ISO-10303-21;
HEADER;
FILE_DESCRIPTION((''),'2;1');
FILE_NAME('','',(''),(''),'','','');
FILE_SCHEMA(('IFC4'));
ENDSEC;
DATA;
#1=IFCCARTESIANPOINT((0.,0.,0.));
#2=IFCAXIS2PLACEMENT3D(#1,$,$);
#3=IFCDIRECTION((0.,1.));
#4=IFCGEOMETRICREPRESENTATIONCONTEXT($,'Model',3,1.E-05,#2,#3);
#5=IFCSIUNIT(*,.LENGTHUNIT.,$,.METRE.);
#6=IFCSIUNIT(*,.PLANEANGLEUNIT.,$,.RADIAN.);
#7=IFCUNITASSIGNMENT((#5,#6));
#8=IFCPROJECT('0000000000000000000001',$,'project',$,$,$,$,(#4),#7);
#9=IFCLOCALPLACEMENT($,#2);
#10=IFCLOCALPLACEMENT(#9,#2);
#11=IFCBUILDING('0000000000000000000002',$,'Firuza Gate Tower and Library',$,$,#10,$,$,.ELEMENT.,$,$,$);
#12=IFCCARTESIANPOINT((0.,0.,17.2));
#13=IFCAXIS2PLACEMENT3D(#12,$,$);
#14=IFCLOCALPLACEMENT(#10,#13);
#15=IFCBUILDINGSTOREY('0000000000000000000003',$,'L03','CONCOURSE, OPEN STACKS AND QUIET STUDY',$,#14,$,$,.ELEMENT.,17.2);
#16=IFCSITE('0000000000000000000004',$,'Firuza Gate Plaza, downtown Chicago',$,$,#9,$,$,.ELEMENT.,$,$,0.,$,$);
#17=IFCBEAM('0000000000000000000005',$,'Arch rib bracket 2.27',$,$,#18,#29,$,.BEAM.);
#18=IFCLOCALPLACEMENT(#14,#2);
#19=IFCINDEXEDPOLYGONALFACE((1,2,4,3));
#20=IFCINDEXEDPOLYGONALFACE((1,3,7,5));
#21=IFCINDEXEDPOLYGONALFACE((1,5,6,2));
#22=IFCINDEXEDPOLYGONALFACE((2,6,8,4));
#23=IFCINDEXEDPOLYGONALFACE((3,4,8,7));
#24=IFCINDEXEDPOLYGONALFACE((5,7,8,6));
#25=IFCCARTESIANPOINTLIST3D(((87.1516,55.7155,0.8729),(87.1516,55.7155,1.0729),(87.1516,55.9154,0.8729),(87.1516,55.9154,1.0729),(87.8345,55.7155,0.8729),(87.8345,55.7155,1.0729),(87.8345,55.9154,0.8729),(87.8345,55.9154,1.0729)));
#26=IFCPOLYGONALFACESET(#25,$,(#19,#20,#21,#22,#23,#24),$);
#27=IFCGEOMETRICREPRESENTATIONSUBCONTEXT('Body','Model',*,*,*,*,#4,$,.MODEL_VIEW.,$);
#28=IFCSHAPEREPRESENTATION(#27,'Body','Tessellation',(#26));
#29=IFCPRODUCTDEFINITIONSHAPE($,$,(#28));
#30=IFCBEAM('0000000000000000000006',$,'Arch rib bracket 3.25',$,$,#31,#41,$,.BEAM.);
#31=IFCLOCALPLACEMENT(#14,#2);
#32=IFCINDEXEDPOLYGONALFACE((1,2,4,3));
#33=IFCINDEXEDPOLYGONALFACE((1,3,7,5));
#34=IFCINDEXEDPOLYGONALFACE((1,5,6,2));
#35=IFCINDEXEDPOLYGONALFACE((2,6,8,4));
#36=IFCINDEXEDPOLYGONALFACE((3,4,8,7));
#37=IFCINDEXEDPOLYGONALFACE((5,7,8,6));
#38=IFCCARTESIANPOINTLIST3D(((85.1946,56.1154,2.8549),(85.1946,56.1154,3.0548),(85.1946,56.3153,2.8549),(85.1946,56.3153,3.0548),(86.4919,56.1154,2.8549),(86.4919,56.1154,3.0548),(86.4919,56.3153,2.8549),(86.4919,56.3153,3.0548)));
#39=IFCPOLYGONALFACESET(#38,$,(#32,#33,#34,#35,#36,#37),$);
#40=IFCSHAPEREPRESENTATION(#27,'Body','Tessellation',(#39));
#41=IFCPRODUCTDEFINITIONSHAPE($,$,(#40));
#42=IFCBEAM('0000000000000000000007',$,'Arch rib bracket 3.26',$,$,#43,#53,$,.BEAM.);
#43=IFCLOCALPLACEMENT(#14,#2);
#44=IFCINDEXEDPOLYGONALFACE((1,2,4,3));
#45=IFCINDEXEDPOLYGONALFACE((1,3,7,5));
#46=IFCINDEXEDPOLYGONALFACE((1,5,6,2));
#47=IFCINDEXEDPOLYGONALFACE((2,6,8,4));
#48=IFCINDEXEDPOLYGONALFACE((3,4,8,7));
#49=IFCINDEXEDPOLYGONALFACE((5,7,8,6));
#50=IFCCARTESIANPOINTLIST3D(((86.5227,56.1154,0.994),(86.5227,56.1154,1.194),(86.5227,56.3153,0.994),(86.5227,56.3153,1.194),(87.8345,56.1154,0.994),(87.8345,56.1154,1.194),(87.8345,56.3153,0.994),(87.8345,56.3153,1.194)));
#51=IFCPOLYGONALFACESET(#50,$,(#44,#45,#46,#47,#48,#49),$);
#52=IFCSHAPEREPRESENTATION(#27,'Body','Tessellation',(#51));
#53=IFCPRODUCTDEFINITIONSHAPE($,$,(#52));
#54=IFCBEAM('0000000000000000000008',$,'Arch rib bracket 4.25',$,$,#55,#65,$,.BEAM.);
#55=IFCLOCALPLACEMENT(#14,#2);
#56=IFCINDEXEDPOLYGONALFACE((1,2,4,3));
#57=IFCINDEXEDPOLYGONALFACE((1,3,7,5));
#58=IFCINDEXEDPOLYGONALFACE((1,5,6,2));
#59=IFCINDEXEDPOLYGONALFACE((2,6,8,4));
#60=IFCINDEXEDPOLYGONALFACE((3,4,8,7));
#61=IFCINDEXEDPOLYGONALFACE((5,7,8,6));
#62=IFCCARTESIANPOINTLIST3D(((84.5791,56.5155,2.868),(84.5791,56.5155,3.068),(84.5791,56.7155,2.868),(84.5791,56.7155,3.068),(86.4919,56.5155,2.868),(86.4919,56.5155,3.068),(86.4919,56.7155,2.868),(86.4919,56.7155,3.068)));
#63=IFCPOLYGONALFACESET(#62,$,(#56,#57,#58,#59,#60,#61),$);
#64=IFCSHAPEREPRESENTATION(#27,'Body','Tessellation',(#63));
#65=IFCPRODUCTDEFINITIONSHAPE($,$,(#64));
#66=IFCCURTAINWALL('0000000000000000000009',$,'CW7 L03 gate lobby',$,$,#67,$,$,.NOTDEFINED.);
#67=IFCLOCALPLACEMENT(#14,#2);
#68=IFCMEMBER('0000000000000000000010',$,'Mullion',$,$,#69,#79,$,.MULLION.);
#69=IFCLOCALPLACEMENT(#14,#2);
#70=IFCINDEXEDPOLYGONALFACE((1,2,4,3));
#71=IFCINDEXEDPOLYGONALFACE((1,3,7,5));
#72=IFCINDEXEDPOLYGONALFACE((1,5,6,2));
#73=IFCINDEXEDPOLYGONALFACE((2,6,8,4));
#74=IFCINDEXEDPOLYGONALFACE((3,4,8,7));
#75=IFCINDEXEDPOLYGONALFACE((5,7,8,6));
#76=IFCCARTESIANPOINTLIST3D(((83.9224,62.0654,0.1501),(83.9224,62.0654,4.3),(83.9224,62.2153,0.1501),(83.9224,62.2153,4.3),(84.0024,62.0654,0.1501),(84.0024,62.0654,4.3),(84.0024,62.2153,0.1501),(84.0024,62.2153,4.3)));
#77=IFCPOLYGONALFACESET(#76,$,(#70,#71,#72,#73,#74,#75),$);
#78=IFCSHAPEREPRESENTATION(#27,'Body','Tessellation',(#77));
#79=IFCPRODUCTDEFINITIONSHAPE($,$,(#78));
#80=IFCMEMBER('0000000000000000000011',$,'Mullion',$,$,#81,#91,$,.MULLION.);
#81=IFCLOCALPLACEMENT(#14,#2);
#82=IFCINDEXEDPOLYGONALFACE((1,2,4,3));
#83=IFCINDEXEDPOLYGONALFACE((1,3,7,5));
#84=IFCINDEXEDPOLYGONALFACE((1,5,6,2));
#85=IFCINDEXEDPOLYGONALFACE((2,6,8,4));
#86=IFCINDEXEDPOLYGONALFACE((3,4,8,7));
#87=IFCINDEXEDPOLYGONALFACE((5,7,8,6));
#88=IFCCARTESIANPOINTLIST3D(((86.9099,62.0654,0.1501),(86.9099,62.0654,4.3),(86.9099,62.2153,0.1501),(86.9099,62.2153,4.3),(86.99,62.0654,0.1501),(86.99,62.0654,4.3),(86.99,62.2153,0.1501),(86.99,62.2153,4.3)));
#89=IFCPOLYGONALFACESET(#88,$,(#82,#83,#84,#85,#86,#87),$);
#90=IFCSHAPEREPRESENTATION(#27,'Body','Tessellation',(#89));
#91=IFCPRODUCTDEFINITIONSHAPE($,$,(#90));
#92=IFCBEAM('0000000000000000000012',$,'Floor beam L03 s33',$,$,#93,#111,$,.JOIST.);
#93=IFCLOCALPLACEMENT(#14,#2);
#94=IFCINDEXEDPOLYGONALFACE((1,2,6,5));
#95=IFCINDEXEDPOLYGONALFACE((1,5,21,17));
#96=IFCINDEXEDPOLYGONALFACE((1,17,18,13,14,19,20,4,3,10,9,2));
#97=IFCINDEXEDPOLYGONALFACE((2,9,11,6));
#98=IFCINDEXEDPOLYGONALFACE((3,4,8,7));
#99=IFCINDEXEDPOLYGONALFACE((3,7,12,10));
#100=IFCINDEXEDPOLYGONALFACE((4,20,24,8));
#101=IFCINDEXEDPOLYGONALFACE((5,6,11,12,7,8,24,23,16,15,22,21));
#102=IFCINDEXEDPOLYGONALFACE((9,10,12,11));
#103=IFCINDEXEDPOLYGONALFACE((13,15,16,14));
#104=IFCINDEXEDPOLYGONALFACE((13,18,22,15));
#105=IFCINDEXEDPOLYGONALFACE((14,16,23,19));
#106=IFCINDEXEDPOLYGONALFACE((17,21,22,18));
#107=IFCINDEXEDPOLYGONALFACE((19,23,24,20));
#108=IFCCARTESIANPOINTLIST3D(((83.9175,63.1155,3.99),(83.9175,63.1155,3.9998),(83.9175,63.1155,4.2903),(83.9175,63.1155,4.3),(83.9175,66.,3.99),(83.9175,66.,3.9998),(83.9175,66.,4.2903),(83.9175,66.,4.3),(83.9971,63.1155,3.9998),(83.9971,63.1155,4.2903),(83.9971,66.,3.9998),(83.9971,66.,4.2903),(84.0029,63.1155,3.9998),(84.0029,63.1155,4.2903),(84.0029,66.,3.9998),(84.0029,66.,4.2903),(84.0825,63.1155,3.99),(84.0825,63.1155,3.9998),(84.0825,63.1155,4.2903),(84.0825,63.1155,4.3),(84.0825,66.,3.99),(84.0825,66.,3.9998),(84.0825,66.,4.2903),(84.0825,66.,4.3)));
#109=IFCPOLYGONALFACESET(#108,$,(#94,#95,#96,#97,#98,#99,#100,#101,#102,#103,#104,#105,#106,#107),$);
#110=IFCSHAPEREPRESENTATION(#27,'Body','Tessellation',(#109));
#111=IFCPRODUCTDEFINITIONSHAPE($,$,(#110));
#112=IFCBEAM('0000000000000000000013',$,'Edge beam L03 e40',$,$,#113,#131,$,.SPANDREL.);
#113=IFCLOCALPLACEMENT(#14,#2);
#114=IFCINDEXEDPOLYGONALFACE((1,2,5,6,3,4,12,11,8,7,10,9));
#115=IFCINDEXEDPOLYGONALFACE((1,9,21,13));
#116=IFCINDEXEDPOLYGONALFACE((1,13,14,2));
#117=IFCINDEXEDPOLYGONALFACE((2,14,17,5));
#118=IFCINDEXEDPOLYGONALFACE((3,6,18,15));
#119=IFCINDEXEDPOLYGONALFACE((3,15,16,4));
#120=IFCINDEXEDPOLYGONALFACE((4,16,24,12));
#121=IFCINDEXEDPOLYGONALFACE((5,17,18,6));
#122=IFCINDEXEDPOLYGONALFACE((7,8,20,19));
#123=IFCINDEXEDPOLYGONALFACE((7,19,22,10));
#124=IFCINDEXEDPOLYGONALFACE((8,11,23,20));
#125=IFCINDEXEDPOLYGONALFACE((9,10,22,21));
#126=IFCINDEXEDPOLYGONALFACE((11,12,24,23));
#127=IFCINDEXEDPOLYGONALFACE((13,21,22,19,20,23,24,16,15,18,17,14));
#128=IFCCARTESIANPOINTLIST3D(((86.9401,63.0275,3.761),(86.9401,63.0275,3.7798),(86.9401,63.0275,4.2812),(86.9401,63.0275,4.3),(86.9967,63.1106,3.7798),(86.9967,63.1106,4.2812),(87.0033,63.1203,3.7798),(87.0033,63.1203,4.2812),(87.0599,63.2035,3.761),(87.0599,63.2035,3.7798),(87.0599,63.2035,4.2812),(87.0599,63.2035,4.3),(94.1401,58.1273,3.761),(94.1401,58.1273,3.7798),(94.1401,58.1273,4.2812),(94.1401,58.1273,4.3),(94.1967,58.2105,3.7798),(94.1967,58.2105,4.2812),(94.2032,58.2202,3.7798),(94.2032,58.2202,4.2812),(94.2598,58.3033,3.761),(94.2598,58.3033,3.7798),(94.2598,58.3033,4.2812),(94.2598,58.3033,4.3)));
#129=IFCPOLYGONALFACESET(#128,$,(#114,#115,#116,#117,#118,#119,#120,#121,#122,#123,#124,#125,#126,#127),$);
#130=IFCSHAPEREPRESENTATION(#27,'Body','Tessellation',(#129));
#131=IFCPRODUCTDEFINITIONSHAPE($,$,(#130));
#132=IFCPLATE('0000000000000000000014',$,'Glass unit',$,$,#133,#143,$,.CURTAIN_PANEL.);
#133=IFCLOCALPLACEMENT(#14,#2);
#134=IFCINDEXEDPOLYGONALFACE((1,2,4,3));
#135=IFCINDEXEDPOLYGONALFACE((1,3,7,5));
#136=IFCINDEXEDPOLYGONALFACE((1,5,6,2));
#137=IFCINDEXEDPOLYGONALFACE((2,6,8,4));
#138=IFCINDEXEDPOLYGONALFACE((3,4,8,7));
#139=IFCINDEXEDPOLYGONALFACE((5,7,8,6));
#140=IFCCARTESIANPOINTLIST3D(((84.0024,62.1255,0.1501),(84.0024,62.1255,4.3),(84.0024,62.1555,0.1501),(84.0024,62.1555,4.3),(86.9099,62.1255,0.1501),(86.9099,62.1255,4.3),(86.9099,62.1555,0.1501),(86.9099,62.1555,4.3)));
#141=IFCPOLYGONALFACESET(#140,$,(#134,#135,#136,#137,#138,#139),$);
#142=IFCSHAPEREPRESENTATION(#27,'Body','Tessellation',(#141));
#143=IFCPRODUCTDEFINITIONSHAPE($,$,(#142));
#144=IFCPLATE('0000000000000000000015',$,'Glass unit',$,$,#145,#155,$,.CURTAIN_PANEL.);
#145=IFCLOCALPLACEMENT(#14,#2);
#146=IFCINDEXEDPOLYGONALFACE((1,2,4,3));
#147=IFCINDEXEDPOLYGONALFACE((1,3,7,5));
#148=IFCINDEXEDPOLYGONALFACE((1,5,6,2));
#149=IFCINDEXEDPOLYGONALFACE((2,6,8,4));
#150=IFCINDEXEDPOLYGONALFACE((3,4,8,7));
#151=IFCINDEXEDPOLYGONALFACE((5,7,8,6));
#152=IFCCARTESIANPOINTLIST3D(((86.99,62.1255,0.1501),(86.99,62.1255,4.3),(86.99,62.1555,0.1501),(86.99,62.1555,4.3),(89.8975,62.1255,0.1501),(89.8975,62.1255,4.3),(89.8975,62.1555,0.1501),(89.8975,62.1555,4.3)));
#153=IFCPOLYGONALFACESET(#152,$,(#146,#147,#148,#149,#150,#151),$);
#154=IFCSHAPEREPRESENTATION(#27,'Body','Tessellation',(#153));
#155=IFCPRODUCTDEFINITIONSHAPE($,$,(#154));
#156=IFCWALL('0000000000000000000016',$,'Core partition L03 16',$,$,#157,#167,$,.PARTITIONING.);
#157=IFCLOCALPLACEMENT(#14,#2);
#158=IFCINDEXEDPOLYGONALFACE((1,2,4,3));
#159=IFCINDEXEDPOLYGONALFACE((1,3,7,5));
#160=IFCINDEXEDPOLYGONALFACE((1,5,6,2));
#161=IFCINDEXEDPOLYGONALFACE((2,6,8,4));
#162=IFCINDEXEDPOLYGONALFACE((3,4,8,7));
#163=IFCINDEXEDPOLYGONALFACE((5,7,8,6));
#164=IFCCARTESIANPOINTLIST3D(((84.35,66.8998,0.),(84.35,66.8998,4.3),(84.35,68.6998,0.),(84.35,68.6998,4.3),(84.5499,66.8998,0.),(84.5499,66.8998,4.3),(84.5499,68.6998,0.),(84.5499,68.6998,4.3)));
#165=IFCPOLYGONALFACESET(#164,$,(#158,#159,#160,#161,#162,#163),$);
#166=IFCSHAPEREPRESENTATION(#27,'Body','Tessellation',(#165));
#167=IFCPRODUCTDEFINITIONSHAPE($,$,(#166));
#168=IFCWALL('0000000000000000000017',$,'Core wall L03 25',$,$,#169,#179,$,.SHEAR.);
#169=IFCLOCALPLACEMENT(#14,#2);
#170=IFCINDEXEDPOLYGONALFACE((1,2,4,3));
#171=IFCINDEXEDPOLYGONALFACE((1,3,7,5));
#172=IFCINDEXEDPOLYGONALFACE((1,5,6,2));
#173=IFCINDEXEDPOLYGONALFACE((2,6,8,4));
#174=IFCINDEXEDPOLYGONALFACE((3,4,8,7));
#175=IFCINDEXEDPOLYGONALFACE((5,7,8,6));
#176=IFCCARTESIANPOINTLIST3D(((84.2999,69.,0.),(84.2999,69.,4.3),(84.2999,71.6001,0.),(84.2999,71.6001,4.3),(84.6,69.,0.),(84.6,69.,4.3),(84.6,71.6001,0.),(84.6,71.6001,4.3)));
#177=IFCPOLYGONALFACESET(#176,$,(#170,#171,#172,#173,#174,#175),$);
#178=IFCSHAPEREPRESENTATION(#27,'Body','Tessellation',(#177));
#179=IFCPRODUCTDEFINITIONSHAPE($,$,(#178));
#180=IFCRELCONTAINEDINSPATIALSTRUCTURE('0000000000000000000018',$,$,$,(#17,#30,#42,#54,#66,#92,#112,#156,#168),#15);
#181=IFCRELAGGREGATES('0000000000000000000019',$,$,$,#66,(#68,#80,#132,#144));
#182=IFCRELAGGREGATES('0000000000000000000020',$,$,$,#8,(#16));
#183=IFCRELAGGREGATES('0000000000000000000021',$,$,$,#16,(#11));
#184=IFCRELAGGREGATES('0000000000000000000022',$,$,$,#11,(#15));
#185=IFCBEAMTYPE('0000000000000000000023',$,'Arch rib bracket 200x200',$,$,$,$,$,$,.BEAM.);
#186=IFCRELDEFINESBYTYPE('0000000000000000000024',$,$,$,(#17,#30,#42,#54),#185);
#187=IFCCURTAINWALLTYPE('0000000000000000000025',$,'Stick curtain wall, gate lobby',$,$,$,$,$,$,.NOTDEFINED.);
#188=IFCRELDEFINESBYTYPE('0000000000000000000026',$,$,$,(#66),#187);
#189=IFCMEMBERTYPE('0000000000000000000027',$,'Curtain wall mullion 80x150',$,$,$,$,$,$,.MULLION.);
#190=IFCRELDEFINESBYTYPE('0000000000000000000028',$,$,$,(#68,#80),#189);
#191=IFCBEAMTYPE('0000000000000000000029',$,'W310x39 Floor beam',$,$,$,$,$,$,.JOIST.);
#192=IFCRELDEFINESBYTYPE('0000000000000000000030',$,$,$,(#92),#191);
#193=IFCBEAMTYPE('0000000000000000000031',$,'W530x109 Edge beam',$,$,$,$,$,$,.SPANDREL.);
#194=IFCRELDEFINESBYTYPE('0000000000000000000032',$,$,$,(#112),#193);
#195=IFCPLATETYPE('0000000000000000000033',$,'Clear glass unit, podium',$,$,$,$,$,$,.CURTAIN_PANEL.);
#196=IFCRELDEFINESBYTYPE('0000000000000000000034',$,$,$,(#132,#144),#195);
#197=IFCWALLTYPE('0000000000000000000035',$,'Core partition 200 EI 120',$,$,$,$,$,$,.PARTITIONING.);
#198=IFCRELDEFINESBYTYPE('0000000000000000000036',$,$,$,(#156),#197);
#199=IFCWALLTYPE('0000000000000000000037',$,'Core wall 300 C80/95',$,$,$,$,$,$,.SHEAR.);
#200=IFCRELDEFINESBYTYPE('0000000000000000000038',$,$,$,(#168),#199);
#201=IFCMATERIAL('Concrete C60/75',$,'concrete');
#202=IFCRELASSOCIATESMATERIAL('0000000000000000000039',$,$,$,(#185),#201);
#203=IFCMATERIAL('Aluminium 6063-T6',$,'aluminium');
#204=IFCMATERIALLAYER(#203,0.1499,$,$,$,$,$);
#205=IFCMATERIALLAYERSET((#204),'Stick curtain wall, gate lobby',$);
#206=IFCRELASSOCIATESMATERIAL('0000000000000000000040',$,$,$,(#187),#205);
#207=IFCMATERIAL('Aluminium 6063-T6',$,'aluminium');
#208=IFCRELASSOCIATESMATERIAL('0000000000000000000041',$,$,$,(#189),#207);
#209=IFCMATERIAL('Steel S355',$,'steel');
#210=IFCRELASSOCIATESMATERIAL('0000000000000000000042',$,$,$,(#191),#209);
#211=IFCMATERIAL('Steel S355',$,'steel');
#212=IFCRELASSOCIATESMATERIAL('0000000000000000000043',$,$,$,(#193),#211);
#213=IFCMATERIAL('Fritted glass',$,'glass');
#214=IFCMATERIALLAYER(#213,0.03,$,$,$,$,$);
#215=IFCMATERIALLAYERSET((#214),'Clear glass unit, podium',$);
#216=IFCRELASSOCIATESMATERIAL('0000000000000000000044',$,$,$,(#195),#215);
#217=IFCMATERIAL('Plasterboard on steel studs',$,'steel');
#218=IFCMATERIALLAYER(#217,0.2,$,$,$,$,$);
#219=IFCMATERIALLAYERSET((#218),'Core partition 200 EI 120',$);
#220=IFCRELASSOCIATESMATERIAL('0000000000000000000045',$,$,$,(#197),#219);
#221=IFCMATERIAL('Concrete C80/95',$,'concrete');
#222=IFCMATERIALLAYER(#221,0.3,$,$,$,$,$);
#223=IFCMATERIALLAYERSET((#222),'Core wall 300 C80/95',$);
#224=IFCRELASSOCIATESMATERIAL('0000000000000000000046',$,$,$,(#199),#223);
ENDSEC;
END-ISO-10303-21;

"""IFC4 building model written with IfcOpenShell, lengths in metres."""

from ifc_helpers import new_model, si_unit, direction, frame, frame_2d, origin, origin_2d, place, context, subcontext, project, spatial, polyline, rectangle, i_section, outline, extrude, material, layer, layer_set, material_profile, profile_set, type_object, element, aggregate, save


model = new_model("IFC4")

# Units and contexts
model_context = context("Model", 3, precision=1e-05, world=origin(), true_north=direction((0.0, 1.0)))
body_context = subcontext(model_context, "Body", "Model", "MODEL_VIEW")
ifc_project = project(units=[si_unit("LENGTHUNIT", "METRE"), si_unit("PLANEANGLEUNIT", "RADIAN")], contexts=[model_context])

# Site, building, storey
site_placement = place(None, origin())
site = spatial("IfcSite", under=ifc_project, at=site_placement, Name="Firuza Gate Plaza, downtown Chicago", CompositionType="ELEMENT", RefElevation=0.0)
building_placement = place(site_placement, origin())
building = spatial("IfcBuilding", under=site, at=building_placement, Name="Firuza Gate Tower and Library", CompositionType="ELEMENT")
storey_placement = place(building_placement, frame((0.0, 0.0, 17.2)))
storey = spatial("IfcBuildingStorey", under=building, at=storey_placement, Name="L03", Description="CONCOURSE, OPEN STACKS AND QUIET STUDY", CompositionType="ELEMENT", Elevation=17.2)

# Beams
ifc_material_1 = material(Name="Concrete C60/75", Category="concrete")
ifc_material_profile_1 = material_profile(ifc_material_1, rectangle(XDim=0.2, YDim=0.2, at=origin_2d()))
ifc_profile_set_1 = profile_set([ifc_material_profile_1], Name="Concrete C60/75")
beam_type_1 = type_object("IfcBeamType", Name="Arch rib bracket 200x200", PredefinedType="BEAM", material=ifc_profile_set_1)
beam_1_placement = place(storey_placement, frame((87.8345, 55.8154, 0.9729), z_axis=(-1.0, 0.0, 0.0), x_axis=(0.0, -1.0, 0.0)))
element("IfcBeam", 1, at=beam_1_placement, inside=storey, type_object=beam_type_1, Name="Arch rib bracket 2.27", PredefinedType="BEAM", context=body_context, shape_type="SweptSolid", body=[
    extrude(rectangle(XDim=0.2, YDim=0.2, at=origin_2d()), origin(), (0.0, 0.0, 1.0), 0.6829),
])
beam_2_placement = place(storey_placement, frame((86.4919, 56.2153, 2.9548), z_axis=(-1.0, 0.0, 0.0), x_axis=(0.0, -1.0, 0.0)))
element("IfcBeam", 2, at=beam_2_placement, inside=storey, type_object=beam_type_1, Name="Arch rib bracket 3.25", PredefinedType="BEAM", context=body_context, shape_type="SweptSolid", body=[
    extrude(rectangle(XDim=0.2, YDim=0.2, at=origin_2d()), origin(), (0.0, 0.0, 1.0), 1.2974),
])
beam_3_placement = place(storey_placement, frame((87.8345, 56.2153, 1.094), z_axis=(-1.0, 0.0, 0.0), x_axis=(0.0, -1.0, 0.0)))
element("IfcBeam", 3, at=beam_3_placement, inside=storey, type_object=beam_type_1, Name="Arch rib bracket 3.26", PredefinedType="BEAM", context=body_context, shape_type="SweptSolid", body=[
    extrude(rectangle(XDim=0.2, YDim=0.2, at=origin_2d()), origin(), (0.0, 0.0, 1.0), 1.3118),
])
beam_4_placement = place(storey_placement, frame((86.4919, 56.6155, 2.968), z_axis=(-1.0, 0.0, 0.0), x_axis=(0.0, -1.0, 0.0)))
element("IfcBeam", 4, at=beam_4_placement, inside=storey, type_object=beam_type_1, Name="Arch rib bracket 4.25", PredefinedType="BEAM", context=body_context, shape_type="SweptSolid", body=[
    extrude(rectangle(XDim=0.2, YDim=0.2, at=origin_2d()), origin(), (0.0, 0.0, 1.0), 1.9128),
])

# Curtain wall, members
ifc_material_2 = material(Name="Aluminium 6063-T6", Category="aluminium")
ifc_layer_1 = layer(ifc_material_2, 0.1499)
ifc_layer_set_1 = layer_set([ifc_layer_1], Name="Stick curtain wall, gate lobby")
curtain_wall_type = type_object("IfcCurtainWallType", Name="Stick curtain wall, gate lobby", PredefinedType="NOTDEFINED", material=ifc_layer_set_1)
curtain_wall_placement = place(storey_placement, origin())
curtain_wall = element("IfcCurtainWall", 5, at=curtain_wall_placement, inside=storey, type_object=curtain_wall_type, Name="CW7 L03 gate lobby", PredefinedType="NOTDEFINED")
ifc_material_3 = material(Name="Aluminium 6063-T6", Category="aluminium")
ifc_material_profile_2 = material_profile(ifc_material_3, rectangle(XDim=0.1499, YDim=0.0801, at=origin_2d()))
ifc_profile_set_2 = profile_set([ifc_material_profile_2], Name="Aluminium 6063-T6")
member_type_1 = type_object("IfcMemberType", Name="Curtain wall mullion 80x150", PredefinedType="MULLION", material=ifc_profile_set_2)
member_1_placement = place(storey_placement, frame((83.9624, 62.1404, 0.1501), z_axis=(0.0, 0.0, 1.0), x_axis=(0.0, 1.0, 0.0)))
member_1 = element("IfcMember", 6, at=member_1_placement, type_object=member_type_1, Name="Mullion", PredefinedType="MULLION", context=body_context, shape_type="SweptSolid", body=[
    extrude(rectangle(XDim=0.1499, YDim=0.0801, at=origin_2d()), origin(), (0.0, 0.0, 1.0), 4.1499),
])
member_2_placement = place(storey_placement, frame((86.95, 62.1404, 0.1501), z_axis=(0.0, 0.0, 1.0), x_axis=(0.0, 1.0, 0.0)))
member_2 = element("IfcMember", 7, at=member_2_placement, type_object=member_type_1, Name="Mullion", PredefinedType="MULLION", context=body_context, shape_type="SweptSolid", body=[
    extrude(rectangle(XDim=0.1499, YDim=0.0801, at=origin_2d()), origin(), (0.0, 0.0, 1.0), 4.1499),
])

# Beams
ifc_material_4 = material(Name="Steel S355", Category="steel")
ifc_material_profile_3 = material_profile(ifc_material_4, i_section(OverallWidth=0.165, OverallDepth=0.3101, WebThickness=0.0059, FlangeThickness=0.0098, at=origin_2d()))
ifc_profile_set_3 = profile_set([ifc_material_profile_3], Name="Steel S355")
beam_type_2 = type_object("IfcBeamType", Name="W310x39 Floor beam", PredefinedType="JOIST", material=ifc_profile_set_3)
beam_5_placement = place(storey_placement, frame((84.0, 63.1155, 4.145), z_axis=(0.0, 1.0, 0.0), x_axis=(-1.0, 0.0, 0.0)))
element("IfcBeam", 8, at=beam_5_placement, inside=storey, type_object=beam_type_2, Name="Floor beam L03 s33", PredefinedType="JOIST", context=body_context, shape_type="SweptSolid", body=[
    extrude(i_section(OverallWidth=0.165, OverallDepth=0.3101, WebThickness=0.0059, FlangeThickness=0.0098, at=origin_2d()), origin(), (0.0, 0.0, 1.0), 2.8845),
])
ifc_material_5 = material(Name="Steel S355", Category="steel")
ifc_material_profile_4 = material_profile(ifc_material_5, i_section(OverallWidth=0.2129, OverallDepth=0.5391, WebThickness=0.0117, FlangeThickness=0.0188, at=origin_2d()))
ifc_profile_set_4 = profile_set([ifc_material_profile_4], Name="Steel S355")
beam_type_3 = type_object("IfcBeamType", Name="W530x109 Edge beam", PredefinedType="SPANDREL", material=ifc_profile_set_4)
beam_6_placement = place(storey_placement, frame((87.0, 63.1155, 4.0305), z_axis=(0.826703, -0.562638, 0.0), x_axis=(0.562638, 0.826703, 0.0)))
element("IfcBeam", 9, at=beam_6_placement, inside=storey, type_object=beam_type_3, Name="Edge beam L03 e40", PredefinedType="SPANDREL", context=body_context, shape_type="SweptSolid", body=[
    extrude(i_section(OverallWidth=0.2129, OverallDepth=0.5391, WebThickness=0.0117, FlangeThickness=0.0188, at=origin_2d()), origin(), (0.0, 0.0, 1.0), 8.7092),
])

# Plates
ifc_material_6 = material(Name="Fritted glass", Category="glass")
ifc_layer_2 = layer(ifc_material_6, 0.03)
ifc_layer_set_2 = layer_set([ifc_layer_2], Name="Clear glass unit, podium")
plate_type = type_object("IfcPlateType", Name="Clear glass unit, podium", PredefinedType="CURTAIN_PANEL", material=ifc_layer_set_2)
plate_1_placement = place(storey_placement, frame((84.0024, 62.1255, 0.1501), z_axis=(0.0, -1.0, 0.0), x_axis=(1.0, 0.0, 0.0)))
plate_1 = element("IfcPlate", 10, at=plate_1_placement, type_object=plate_type, Name="Glass unit", PredefinedType="CURTAIN_PANEL", context=body_context, shape_type="SweptSolid", body=[
    extrude(outline(polyline([(0.0, 0.0), (2.9075, 0.0), (2.9075, 4.1499), (0.0, 4.1499), (0.0, 0.0)])), origin(), (0.0, 0.0, -1.0), 0.03),
])
plate_2_placement = place(storey_placement, frame((86.99, 62.1255, 0.1501), z_axis=(0.0, -1.0, 0.0), x_axis=(1.0, 0.0, 0.0)))
plate_2 = element("IfcPlate", 11, at=plate_2_placement, type_object=plate_type, Name="Glass unit", PredefinedType="CURTAIN_PANEL", context=body_context, shape_type="SweptSolid", body=[
    extrude(outline(polyline([(0.0, 0.0), (2.9075, 0.0), (2.9075, 4.1499), (0.0, 4.1499), (0.0, 0.0)])), origin(), (0.0, 0.0, -1.0), 0.03),
])
aggregate(curtain_wall, [member_1, member_2, plate_1, plate_2])

# Walls
ifc_material_7 = material(Name="Plasterboard on steel studs", Category="steel")
ifc_layer_3 = layer(ifc_material_7, 0.2)
ifc_layer_set_3 = layer_set([ifc_layer_3], Name="Core partition 200 EI 120")
wall_type_1 = type_object("IfcWallType", Name="Core partition 200 EI 120", PredefinedType="PARTITIONING", material=ifc_layer_set_3)
wall_1_placement = place(storey_placement, frame((84.45, 66.8999, 0.0), z_axis=(0.0, 0.0, 1.0), x_axis=(0.0, 1.0, 0.0)))
element("IfcWall", 12, at=wall_1_placement, inside=storey, type_object=wall_type_1, Name="Core partition L03 16", PredefinedType="PARTITIONING", context=body_context, shape_type="SweptSolid", body=[
    extrude(rectangle(XDim=1.8, YDim=0.2, at=frame_2d((0.8999, 0.0))), origin(), (0.0, 0.0, 1.0), 4.3),
])
ifc_material_8 = material(Name="Concrete C80/95", Category="concrete")
ifc_layer_4 = layer(ifc_material_8, 0.3)
ifc_layer_set_4 = layer_set([ifc_layer_4], Name="Core wall 300 C80/95")
wall_type_2 = type_object("IfcWallType", Name="Core wall 300 C80/95", PredefinedType="SHEAR", material=ifc_layer_set_4)
wall_2_placement = place(storey_placement, frame((84.45, 69.0, 0.0), z_axis=(0.0, 0.0, 1.0), x_axis=(0.0, 1.0, 0.0)))
element("IfcWall", 13, at=wall_2_placement, inside=storey, type_object=wall_type_2, Name="Core wall L03 25", PredefinedType="SHEAR", context=body_context, shape_type="SweptSolid", body=[
    extrude(rectangle(XDim=2.6001, YDim=0.3, at=frame_2d((1.3, 0.0))), origin(), (0.0, 0.0, 1.0), 4.3),
])

save(model, "model.ifc")
